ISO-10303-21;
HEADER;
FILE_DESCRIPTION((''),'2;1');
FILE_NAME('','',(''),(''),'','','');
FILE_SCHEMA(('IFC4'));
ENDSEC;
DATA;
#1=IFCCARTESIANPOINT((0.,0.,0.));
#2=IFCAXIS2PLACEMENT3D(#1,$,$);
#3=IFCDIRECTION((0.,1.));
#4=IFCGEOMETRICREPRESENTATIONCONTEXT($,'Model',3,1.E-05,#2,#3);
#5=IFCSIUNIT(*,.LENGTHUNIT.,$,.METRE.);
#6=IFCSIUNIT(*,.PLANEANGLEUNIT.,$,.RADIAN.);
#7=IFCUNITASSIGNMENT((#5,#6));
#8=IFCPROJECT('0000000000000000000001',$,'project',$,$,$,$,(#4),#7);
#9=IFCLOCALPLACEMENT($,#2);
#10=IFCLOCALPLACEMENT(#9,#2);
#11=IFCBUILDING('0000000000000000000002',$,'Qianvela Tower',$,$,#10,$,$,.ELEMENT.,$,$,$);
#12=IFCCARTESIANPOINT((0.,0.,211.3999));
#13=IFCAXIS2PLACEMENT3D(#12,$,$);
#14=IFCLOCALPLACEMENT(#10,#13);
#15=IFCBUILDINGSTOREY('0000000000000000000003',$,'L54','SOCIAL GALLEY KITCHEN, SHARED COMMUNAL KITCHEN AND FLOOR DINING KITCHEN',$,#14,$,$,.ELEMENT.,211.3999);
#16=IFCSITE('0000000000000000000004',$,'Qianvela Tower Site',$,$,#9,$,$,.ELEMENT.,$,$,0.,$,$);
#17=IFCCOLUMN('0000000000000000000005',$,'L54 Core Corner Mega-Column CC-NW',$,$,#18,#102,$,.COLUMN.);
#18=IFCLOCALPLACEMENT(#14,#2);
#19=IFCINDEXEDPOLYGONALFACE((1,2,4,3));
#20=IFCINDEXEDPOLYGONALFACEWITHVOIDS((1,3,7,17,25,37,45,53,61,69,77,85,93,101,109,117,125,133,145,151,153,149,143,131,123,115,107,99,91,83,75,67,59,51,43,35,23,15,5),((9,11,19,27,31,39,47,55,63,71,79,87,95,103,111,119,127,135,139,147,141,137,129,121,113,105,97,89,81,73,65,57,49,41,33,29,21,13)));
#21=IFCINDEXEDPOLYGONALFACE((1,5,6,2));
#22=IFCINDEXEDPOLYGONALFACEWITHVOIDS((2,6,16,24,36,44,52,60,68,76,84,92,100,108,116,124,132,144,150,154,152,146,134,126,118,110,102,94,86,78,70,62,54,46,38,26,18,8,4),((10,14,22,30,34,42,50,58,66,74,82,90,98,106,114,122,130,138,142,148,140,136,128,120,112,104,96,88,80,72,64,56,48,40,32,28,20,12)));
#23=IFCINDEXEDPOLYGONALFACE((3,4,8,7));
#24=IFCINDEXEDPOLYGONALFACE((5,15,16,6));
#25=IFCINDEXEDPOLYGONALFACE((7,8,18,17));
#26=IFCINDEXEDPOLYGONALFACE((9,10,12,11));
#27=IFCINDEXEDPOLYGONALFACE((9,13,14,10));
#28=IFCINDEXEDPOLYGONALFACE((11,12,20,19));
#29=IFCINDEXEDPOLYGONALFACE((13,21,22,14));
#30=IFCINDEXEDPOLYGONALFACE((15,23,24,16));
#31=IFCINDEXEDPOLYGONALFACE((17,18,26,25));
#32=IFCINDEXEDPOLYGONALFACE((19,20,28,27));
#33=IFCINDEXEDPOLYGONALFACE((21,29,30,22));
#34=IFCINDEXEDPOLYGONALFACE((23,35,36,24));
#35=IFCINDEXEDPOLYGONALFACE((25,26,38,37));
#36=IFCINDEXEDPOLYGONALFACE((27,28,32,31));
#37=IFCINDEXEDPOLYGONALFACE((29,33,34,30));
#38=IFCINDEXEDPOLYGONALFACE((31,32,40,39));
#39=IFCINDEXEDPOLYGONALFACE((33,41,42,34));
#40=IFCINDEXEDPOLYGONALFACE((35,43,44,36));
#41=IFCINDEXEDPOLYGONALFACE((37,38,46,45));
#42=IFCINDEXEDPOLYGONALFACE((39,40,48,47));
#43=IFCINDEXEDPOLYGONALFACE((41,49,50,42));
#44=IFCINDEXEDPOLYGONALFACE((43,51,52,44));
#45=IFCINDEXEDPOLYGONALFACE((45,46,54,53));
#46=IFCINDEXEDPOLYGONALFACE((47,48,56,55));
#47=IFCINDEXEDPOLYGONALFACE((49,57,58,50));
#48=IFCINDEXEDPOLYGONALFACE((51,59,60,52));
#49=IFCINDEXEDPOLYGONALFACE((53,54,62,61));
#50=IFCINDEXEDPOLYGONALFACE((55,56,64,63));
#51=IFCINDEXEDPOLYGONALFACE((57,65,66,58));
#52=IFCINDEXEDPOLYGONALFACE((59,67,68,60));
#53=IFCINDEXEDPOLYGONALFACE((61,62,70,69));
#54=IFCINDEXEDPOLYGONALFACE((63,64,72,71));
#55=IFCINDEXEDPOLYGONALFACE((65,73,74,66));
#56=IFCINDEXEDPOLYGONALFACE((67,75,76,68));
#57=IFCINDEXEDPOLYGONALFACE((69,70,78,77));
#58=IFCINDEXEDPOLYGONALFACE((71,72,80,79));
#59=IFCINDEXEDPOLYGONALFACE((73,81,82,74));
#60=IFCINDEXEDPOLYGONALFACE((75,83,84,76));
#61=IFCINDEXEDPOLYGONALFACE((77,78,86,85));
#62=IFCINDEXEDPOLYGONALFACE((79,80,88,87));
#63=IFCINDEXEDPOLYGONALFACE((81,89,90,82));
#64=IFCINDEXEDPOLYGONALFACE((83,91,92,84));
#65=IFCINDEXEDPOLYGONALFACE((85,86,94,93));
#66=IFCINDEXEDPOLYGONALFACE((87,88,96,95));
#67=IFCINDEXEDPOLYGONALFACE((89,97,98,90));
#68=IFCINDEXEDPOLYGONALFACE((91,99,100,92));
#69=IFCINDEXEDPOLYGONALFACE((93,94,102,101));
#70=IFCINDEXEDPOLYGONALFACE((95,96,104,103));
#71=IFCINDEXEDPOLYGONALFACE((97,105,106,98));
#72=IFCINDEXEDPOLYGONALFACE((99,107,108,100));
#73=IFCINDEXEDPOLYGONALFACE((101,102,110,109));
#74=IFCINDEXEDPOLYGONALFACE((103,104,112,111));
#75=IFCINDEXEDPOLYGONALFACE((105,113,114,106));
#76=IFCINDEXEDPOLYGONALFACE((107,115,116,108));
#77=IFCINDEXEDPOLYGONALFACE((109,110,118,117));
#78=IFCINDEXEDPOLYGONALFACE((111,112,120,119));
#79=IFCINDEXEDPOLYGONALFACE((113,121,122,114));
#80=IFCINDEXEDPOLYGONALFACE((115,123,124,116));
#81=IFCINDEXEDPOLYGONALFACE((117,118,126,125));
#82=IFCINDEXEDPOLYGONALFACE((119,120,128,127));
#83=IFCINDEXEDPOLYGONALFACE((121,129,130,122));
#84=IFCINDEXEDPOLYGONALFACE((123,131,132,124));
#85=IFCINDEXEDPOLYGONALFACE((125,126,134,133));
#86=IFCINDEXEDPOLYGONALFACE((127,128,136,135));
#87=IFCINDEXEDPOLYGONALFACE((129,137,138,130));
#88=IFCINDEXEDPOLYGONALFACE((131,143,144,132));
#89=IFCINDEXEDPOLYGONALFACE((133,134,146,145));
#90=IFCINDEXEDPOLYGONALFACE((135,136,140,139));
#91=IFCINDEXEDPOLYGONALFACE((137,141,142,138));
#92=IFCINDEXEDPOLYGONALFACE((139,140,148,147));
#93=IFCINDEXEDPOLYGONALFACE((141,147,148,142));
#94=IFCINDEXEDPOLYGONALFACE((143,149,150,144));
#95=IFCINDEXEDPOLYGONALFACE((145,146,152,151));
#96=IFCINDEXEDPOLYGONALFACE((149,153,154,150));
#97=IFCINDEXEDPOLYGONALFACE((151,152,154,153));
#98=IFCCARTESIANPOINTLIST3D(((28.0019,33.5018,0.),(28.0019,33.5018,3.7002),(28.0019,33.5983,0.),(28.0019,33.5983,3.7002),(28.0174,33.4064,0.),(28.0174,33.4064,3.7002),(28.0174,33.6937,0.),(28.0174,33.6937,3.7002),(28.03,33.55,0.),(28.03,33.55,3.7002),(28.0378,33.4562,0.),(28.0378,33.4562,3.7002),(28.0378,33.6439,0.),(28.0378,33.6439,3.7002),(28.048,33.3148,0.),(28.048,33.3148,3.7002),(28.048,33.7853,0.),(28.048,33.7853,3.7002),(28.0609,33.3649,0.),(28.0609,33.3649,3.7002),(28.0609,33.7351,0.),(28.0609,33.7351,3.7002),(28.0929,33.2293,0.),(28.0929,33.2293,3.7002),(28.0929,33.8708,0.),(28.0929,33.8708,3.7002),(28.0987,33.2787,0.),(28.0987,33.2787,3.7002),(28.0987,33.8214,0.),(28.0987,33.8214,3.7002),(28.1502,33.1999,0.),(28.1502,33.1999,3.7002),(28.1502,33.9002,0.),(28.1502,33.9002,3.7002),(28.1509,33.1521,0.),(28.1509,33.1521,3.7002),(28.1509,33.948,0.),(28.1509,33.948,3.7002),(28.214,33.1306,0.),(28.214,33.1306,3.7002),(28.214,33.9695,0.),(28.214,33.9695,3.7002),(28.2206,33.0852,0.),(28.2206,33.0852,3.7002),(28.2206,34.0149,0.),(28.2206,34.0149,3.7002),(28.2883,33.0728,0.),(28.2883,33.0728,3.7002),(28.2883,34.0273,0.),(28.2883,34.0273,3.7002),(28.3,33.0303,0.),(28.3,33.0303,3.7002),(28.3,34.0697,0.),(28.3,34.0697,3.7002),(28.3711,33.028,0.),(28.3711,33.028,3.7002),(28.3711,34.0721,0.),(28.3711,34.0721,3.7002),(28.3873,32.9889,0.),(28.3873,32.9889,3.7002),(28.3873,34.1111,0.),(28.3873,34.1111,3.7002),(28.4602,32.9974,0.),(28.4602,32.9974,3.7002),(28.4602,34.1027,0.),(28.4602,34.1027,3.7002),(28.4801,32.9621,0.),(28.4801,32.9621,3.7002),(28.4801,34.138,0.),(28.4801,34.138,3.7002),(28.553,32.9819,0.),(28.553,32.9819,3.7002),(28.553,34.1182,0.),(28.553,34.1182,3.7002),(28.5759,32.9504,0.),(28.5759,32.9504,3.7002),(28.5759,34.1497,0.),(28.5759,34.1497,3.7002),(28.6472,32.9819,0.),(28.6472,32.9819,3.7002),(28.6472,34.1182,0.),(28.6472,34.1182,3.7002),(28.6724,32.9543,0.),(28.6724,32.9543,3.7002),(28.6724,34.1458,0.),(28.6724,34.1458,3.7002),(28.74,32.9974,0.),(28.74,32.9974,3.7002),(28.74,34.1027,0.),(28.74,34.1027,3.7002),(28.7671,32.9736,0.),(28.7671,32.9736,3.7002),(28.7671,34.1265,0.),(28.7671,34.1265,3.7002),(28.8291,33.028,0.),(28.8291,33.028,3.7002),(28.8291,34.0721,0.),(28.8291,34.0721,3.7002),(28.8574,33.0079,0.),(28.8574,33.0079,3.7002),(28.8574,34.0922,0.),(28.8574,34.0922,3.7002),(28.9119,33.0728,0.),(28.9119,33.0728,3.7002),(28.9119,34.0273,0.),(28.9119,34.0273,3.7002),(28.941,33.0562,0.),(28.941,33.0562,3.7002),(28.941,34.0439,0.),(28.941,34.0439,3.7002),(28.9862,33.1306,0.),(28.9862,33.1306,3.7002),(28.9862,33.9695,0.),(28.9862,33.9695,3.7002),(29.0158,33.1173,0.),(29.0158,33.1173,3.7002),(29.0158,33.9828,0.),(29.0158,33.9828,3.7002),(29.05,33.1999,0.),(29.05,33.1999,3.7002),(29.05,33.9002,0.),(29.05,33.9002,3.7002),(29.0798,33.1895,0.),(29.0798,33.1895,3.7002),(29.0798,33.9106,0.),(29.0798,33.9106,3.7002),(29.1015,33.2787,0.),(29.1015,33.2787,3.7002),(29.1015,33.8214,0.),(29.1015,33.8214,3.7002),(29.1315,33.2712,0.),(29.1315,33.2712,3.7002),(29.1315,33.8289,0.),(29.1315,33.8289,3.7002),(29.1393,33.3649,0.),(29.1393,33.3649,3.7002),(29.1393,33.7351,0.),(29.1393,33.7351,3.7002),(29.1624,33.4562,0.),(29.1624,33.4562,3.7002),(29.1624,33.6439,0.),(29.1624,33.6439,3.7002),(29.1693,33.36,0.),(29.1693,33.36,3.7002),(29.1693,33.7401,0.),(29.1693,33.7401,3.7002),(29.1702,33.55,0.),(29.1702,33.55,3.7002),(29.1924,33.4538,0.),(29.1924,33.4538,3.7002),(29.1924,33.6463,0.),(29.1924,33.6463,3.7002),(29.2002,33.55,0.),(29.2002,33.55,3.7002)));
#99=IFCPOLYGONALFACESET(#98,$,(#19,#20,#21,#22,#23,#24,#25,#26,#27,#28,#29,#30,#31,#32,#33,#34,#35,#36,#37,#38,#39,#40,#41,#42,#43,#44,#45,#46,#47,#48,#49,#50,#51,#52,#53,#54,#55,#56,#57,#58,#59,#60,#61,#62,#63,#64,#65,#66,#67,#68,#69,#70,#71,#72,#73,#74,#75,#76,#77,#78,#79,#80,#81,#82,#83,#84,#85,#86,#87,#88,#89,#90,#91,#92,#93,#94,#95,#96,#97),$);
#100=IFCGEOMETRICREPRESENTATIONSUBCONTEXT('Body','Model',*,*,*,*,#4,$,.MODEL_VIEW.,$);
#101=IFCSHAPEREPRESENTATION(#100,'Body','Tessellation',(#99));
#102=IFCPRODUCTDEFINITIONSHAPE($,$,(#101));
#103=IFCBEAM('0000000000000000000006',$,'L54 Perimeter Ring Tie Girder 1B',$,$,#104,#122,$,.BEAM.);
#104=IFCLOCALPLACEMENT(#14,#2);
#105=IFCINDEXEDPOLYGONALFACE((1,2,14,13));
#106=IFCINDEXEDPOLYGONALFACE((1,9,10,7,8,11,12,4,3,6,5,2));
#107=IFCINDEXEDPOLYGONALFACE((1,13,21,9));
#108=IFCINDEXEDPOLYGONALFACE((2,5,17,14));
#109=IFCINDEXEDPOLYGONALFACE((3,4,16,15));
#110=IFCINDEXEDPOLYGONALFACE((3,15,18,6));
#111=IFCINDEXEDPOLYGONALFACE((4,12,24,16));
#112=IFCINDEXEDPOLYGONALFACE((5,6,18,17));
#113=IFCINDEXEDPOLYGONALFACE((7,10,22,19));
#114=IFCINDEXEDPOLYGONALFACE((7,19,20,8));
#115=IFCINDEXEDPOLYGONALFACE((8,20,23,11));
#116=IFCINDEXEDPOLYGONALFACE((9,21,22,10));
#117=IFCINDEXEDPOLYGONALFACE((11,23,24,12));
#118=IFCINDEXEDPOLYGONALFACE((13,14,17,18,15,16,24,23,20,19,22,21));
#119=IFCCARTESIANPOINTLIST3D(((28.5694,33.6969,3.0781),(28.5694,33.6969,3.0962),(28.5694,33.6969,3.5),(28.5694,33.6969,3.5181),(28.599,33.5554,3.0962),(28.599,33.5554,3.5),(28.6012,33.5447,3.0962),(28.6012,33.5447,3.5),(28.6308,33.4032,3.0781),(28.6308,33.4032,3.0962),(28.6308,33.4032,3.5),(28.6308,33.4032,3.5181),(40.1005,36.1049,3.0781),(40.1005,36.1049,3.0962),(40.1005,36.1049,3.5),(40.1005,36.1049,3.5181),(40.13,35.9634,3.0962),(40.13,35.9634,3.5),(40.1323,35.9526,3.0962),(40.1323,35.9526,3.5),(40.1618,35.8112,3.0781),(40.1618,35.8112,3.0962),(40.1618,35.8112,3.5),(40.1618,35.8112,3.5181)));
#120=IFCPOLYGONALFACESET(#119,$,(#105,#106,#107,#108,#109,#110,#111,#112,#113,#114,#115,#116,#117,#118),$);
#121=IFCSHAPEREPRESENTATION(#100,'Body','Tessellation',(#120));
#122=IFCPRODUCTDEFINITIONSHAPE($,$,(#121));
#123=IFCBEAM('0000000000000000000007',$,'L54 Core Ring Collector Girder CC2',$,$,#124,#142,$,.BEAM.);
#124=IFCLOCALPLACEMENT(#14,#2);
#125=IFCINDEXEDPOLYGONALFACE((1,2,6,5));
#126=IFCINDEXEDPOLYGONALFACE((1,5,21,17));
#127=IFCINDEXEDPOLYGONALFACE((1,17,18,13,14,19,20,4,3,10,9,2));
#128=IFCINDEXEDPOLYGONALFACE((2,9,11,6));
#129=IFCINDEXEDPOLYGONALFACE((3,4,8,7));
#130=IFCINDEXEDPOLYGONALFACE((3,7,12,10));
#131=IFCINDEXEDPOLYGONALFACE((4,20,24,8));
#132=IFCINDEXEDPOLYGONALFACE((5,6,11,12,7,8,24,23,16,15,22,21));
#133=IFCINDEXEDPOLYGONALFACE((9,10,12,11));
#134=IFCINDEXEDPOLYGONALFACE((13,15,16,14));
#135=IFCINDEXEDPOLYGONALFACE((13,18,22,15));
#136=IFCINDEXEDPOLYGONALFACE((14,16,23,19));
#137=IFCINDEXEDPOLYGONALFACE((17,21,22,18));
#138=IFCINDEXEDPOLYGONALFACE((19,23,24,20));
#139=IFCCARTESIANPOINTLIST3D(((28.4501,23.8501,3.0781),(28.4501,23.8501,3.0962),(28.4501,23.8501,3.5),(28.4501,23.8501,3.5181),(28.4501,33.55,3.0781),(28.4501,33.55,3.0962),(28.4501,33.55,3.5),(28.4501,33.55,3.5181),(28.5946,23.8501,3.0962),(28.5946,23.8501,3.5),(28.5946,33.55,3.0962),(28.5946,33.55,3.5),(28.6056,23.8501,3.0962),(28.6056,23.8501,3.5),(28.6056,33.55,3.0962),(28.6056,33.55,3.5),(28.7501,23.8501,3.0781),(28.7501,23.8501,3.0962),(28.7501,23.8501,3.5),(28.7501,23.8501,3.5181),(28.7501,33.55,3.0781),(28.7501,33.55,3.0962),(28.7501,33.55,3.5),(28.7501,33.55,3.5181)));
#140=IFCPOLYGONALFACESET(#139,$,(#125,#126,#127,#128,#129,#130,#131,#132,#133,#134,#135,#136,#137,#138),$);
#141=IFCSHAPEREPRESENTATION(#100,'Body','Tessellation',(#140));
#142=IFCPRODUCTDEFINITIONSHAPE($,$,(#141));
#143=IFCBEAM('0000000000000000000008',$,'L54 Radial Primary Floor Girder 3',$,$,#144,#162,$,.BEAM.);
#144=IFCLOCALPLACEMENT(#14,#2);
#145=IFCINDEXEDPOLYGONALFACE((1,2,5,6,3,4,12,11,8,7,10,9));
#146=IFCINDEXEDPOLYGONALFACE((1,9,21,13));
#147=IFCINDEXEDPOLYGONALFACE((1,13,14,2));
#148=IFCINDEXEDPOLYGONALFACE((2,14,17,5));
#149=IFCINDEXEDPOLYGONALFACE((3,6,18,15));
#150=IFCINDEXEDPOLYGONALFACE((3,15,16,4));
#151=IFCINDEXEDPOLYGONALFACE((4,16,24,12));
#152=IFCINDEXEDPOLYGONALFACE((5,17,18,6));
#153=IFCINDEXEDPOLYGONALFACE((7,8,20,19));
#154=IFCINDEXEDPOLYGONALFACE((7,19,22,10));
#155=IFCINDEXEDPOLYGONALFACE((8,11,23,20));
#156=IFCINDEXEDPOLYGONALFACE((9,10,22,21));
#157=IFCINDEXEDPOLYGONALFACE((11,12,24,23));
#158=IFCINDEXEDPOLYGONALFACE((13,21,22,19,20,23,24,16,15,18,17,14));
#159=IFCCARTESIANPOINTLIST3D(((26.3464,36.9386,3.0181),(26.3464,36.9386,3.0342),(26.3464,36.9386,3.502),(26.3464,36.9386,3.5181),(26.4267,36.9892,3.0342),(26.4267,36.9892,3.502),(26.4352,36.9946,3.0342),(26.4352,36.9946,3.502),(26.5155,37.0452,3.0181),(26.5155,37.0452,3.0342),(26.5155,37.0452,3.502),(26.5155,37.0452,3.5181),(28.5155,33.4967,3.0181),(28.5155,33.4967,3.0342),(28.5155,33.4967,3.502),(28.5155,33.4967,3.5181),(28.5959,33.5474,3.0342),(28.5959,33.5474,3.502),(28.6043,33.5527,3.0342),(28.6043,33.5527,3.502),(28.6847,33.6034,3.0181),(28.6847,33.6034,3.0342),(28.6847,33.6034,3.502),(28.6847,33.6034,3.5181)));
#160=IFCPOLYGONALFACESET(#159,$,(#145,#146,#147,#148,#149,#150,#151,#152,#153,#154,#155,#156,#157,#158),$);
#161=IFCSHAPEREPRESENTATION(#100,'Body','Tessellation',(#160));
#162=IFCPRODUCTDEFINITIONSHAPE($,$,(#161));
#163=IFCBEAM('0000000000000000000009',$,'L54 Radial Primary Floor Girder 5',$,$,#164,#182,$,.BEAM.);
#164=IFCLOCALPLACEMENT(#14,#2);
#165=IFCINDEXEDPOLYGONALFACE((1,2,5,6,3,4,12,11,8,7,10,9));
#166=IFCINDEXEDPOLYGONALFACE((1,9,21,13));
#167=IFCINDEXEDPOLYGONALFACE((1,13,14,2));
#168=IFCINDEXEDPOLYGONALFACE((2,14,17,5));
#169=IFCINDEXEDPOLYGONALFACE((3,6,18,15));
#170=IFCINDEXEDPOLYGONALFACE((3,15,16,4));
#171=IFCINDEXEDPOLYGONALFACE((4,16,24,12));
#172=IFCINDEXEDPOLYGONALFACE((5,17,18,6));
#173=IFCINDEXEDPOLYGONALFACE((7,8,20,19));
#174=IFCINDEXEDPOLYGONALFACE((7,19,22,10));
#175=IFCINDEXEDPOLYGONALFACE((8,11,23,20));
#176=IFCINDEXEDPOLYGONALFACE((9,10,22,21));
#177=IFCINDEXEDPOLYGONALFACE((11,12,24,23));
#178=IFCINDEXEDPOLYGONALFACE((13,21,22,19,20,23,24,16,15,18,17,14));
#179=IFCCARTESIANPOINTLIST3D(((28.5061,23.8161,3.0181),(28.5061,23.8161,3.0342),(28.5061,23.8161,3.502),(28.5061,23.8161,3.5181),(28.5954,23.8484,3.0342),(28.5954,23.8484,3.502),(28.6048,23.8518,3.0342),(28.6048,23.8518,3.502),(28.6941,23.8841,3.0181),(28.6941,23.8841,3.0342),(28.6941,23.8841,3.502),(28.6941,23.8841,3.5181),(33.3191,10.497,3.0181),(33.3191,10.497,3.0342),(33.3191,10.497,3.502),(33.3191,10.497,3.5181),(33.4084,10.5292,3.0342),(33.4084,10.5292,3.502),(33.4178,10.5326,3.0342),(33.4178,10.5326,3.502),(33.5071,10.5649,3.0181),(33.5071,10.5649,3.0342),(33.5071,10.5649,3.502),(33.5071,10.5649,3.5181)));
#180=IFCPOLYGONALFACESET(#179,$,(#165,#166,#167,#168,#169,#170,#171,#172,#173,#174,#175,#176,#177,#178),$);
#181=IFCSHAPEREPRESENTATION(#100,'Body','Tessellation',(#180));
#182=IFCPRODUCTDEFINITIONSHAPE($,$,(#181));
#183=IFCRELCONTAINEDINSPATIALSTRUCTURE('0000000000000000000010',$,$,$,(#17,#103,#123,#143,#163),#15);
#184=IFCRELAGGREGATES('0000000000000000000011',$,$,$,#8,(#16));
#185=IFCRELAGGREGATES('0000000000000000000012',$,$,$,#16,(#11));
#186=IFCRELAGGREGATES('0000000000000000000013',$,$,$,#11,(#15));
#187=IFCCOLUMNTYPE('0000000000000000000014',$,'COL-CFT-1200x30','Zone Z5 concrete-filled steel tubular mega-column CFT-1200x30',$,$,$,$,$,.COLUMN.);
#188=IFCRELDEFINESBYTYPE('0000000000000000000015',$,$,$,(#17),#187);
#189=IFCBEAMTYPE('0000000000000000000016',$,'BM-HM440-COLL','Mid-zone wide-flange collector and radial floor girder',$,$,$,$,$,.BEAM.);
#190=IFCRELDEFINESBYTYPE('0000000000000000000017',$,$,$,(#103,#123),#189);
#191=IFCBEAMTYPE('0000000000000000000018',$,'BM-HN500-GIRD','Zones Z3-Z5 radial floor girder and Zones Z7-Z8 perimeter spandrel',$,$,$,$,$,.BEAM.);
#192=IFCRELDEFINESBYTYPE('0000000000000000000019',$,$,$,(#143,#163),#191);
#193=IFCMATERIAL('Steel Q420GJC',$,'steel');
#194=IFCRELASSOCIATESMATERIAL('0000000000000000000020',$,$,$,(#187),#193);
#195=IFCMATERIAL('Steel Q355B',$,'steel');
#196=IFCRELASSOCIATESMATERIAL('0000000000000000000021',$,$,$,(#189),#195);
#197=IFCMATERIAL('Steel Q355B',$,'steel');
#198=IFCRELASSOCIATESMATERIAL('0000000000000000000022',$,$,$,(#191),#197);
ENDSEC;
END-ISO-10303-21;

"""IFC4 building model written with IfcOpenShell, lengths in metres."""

from ifc_helpers import new_model, si_unit, direction, frame, origin, origin_2d, place, context, subcontext, project, spatial, hollow_circle, i_section, extrude, material, material_profile, profile_set, type_object, element, save


model = new_model("IFC4")

# Units and contexts
model_context = context("Model", 3, precision=1e-05, world=origin(), true_north=direction((0.0, 1.0)))
body_context = subcontext(model_context, "Body", "Model", "MODEL_VIEW")
ifc_project = project(units=[si_unit("LENGTHUNIT", "METRE"), si_unit("PLANEANGLEUNIT", "RADIAN")], contexts=[model_context])

# Site, building, storey
site_placement = place(None, origin())
site = spatial("IfcSite", under=ifc_project, at=site_placement, Name="Qianvela Tower Site", CompositionType="ELEMENT", RefElevation=0.0)
building_placement = place(site_placement, origin())
building = spatial("IfcBuilding", under=site, at=building_placement, Name="Qianvela Tower", CompositionType="ELEMENT")
storey_placement = place(building_placement, frame((0.0, 0.0, 211.3999)))
storey = spatial("IfcBuildingStorey", under=building, at=storey_placement, Name="L54", Description="SOCIAL GALLEY KITCHEN, SHARED COMMUNAL KITCHEN AND FLOOR DINING KITCHEN", CompositionType="ELEMENT", Elevation=211.3999)

# Column
ifc_material_1 = material(Name="Steel Q420GJC", Category="steel")
ifc_material_profile_1 = material_profile(ifc_material_1, hollow_circle(Radius=0.6001, WallThickness=0.03, at=origin_2d()), Name="CFT-1200x30")
ifc_profile_set_1 = profile_set([ifc_material_profile_1], Name="Steel Q420GJC")
column_type = type_object("IfcColumnType", Name="COL-CFT-1200x30", Description="Zone Z5 concrete-filled steel tubular mega-column CFT-1200x30", PredefinedType="COLUMN", material=ifc_profile_set_1)
column_placement = place(storey_placement, frame((28.6001, 33.55, 0.0), z_axis=(0.0, 0.0, 1.0), x_axis=(1.0, 0.0, 0.0)))
element("IfcColumn", 1, at=column_placement, inside=storey, type_object=column_type, Name="L54 Core Corner Mega-Column CC-NW", PredefinedType="COLUMN", context=body_context, shape_type="SweptSolid", body=[
    extrude(hollow_circle(Radius=0.6001, WallThickness=0.03, at=origin_2d()), origin(), (0.0, 0.0, 1.0), 3.7002),
])

# Beams
ifc_material_2 = material(Name="Steel Q355B", Category="steel")
ifc_material_profile_2 = material_profile(ifc_material_2, i_section(OverallWidth=0.3, OverallDepth=0.4399, WebThickness=0.011, FlangeThickness=0.0181, at=origin_2d()), Name="HM440x300x11x18")
ifc_profile_set_2 = profile_set([ifc_material_profile_2], Name="Steel Q355B")
beam_type_1 = type_object("IfcBeamType", Name="BM-HM440-COLL", Description="Mid-zone wide-flange collector and radial floor girder", PredefinedType="BEAM", material=ifc_profile_set_2)
beam_1_placement = place(storey_placement, frame((28.6001, 33.55, 3.2981), z_axis=(0.978884, 0.204415, 0.0), x_axis=(-0.204415, 0.978884, 0.0)))
element("IfcBeam", 2, at=beam_1_placement, inside=storey, type_object=beam_type_1, Name="L54 Perimeter Ring Tie Girder 1B", PredefinedType="BEAM", context=body_context, shape_type="SweptSolid", body=[
    extrude(i_section(OverallWidth=0.3, OverallDepth=0.4399, WebThickness=0.011, FlangeThickness=0.0181, at=origin_2d()), origin(), (0.0, 0.0, 1.0), 11.7798),
])
beam_2_placement = place(storey_placement, frame((28.6001, 33.55, 3.2981), z_axis=(0.0, -1.0, 0.0), x_axis=(1.0, 0.0, 0.0)))
element("IfcBeam", 3, at=beam_2_placement, inside=storey, type_object=beam_type_1, Name="L54 Core Ring Collector Girder CC2", PredefinedType="BEAM", context=body_context, shape_type="SweptSolid", body=[
    extrude(i_section(OverallWidth=0.3, OverallDepth=0.4399, WebThickness=0.011, FlangeThickness=0.0181, at=origin_2d()), origin(), (0.0, 0.0, 1.0), 9.7),
])
ifc_material_3 = material(Name="Steel Q355B", Category="steel")
ifc_material_profile_3 = material_profile(ifc_material_3, i_section(OverallWidth=0.2, OverallDepth=0.5, WebThickness=0.01, FlangeThickness=0.0161, at=origin_2d()), Name="HN500x200x10x16")
ifc_profile_set_3 = profile_set([ifc_material_profile_3], Name="Steel Q355B")
beam_type_2 = type_object("IfcBeamType", Name="BM-HN500-GIRD", Description="Zones Z3-Z5 radial floor girder and Zones Z7-Z8 perimeter spandrel", PredefinedType="BEAM", material=ifc_profile_set_3)
beam_3_placement = place(storey_placement, frame((28.6001, 33.55, 3.2681), z_axis=(-0.533178, 0.846003, 0.0), x_axis=(-0.846003, -0.533178, 0.0)))
element("IfcBeam", 4, at=beam_3_placement, inside=storey, type_object=beam_type_2, Name="L54 Radial Primary Floor Girder 3", PredefinedType="BEAM", context=body_context, shape_type="SweptSolid", body=[
    extrude(i_section(OverallWidth=0.2, OverallDepth=0.5, WebThickness=0.01, FlangeThickness=0.0161, at=origin_2d()), origin(), (0.0, 0.0, 1.0), 4.0684),
])
beam_4_placement = place(storey_placement, frame((28.6001, 23.8501, 3.2681), z_axis=(0.339852, -0.940479, 0.0), x_axis=(0.940479, 0.339852, 0.0)))
element("IfcBeam", 5, at=beam_4_placement, inside=storey, type_object=beam_type_2, Name="L54 Radial Primary Floor Girder 5", PredefinedType="BEAM", context=body_context, shape_type="SweptSolid", body=[
    extrude(i_section(OverallWidth=0.2, OverallDepth=0.5, WebThickness=0.01, FlangeThickness=0.0161, at=origin_2d()), origin(), (0.0, 0.0, 1.0), 14.1621),
])

save(model, "model.ifc")
